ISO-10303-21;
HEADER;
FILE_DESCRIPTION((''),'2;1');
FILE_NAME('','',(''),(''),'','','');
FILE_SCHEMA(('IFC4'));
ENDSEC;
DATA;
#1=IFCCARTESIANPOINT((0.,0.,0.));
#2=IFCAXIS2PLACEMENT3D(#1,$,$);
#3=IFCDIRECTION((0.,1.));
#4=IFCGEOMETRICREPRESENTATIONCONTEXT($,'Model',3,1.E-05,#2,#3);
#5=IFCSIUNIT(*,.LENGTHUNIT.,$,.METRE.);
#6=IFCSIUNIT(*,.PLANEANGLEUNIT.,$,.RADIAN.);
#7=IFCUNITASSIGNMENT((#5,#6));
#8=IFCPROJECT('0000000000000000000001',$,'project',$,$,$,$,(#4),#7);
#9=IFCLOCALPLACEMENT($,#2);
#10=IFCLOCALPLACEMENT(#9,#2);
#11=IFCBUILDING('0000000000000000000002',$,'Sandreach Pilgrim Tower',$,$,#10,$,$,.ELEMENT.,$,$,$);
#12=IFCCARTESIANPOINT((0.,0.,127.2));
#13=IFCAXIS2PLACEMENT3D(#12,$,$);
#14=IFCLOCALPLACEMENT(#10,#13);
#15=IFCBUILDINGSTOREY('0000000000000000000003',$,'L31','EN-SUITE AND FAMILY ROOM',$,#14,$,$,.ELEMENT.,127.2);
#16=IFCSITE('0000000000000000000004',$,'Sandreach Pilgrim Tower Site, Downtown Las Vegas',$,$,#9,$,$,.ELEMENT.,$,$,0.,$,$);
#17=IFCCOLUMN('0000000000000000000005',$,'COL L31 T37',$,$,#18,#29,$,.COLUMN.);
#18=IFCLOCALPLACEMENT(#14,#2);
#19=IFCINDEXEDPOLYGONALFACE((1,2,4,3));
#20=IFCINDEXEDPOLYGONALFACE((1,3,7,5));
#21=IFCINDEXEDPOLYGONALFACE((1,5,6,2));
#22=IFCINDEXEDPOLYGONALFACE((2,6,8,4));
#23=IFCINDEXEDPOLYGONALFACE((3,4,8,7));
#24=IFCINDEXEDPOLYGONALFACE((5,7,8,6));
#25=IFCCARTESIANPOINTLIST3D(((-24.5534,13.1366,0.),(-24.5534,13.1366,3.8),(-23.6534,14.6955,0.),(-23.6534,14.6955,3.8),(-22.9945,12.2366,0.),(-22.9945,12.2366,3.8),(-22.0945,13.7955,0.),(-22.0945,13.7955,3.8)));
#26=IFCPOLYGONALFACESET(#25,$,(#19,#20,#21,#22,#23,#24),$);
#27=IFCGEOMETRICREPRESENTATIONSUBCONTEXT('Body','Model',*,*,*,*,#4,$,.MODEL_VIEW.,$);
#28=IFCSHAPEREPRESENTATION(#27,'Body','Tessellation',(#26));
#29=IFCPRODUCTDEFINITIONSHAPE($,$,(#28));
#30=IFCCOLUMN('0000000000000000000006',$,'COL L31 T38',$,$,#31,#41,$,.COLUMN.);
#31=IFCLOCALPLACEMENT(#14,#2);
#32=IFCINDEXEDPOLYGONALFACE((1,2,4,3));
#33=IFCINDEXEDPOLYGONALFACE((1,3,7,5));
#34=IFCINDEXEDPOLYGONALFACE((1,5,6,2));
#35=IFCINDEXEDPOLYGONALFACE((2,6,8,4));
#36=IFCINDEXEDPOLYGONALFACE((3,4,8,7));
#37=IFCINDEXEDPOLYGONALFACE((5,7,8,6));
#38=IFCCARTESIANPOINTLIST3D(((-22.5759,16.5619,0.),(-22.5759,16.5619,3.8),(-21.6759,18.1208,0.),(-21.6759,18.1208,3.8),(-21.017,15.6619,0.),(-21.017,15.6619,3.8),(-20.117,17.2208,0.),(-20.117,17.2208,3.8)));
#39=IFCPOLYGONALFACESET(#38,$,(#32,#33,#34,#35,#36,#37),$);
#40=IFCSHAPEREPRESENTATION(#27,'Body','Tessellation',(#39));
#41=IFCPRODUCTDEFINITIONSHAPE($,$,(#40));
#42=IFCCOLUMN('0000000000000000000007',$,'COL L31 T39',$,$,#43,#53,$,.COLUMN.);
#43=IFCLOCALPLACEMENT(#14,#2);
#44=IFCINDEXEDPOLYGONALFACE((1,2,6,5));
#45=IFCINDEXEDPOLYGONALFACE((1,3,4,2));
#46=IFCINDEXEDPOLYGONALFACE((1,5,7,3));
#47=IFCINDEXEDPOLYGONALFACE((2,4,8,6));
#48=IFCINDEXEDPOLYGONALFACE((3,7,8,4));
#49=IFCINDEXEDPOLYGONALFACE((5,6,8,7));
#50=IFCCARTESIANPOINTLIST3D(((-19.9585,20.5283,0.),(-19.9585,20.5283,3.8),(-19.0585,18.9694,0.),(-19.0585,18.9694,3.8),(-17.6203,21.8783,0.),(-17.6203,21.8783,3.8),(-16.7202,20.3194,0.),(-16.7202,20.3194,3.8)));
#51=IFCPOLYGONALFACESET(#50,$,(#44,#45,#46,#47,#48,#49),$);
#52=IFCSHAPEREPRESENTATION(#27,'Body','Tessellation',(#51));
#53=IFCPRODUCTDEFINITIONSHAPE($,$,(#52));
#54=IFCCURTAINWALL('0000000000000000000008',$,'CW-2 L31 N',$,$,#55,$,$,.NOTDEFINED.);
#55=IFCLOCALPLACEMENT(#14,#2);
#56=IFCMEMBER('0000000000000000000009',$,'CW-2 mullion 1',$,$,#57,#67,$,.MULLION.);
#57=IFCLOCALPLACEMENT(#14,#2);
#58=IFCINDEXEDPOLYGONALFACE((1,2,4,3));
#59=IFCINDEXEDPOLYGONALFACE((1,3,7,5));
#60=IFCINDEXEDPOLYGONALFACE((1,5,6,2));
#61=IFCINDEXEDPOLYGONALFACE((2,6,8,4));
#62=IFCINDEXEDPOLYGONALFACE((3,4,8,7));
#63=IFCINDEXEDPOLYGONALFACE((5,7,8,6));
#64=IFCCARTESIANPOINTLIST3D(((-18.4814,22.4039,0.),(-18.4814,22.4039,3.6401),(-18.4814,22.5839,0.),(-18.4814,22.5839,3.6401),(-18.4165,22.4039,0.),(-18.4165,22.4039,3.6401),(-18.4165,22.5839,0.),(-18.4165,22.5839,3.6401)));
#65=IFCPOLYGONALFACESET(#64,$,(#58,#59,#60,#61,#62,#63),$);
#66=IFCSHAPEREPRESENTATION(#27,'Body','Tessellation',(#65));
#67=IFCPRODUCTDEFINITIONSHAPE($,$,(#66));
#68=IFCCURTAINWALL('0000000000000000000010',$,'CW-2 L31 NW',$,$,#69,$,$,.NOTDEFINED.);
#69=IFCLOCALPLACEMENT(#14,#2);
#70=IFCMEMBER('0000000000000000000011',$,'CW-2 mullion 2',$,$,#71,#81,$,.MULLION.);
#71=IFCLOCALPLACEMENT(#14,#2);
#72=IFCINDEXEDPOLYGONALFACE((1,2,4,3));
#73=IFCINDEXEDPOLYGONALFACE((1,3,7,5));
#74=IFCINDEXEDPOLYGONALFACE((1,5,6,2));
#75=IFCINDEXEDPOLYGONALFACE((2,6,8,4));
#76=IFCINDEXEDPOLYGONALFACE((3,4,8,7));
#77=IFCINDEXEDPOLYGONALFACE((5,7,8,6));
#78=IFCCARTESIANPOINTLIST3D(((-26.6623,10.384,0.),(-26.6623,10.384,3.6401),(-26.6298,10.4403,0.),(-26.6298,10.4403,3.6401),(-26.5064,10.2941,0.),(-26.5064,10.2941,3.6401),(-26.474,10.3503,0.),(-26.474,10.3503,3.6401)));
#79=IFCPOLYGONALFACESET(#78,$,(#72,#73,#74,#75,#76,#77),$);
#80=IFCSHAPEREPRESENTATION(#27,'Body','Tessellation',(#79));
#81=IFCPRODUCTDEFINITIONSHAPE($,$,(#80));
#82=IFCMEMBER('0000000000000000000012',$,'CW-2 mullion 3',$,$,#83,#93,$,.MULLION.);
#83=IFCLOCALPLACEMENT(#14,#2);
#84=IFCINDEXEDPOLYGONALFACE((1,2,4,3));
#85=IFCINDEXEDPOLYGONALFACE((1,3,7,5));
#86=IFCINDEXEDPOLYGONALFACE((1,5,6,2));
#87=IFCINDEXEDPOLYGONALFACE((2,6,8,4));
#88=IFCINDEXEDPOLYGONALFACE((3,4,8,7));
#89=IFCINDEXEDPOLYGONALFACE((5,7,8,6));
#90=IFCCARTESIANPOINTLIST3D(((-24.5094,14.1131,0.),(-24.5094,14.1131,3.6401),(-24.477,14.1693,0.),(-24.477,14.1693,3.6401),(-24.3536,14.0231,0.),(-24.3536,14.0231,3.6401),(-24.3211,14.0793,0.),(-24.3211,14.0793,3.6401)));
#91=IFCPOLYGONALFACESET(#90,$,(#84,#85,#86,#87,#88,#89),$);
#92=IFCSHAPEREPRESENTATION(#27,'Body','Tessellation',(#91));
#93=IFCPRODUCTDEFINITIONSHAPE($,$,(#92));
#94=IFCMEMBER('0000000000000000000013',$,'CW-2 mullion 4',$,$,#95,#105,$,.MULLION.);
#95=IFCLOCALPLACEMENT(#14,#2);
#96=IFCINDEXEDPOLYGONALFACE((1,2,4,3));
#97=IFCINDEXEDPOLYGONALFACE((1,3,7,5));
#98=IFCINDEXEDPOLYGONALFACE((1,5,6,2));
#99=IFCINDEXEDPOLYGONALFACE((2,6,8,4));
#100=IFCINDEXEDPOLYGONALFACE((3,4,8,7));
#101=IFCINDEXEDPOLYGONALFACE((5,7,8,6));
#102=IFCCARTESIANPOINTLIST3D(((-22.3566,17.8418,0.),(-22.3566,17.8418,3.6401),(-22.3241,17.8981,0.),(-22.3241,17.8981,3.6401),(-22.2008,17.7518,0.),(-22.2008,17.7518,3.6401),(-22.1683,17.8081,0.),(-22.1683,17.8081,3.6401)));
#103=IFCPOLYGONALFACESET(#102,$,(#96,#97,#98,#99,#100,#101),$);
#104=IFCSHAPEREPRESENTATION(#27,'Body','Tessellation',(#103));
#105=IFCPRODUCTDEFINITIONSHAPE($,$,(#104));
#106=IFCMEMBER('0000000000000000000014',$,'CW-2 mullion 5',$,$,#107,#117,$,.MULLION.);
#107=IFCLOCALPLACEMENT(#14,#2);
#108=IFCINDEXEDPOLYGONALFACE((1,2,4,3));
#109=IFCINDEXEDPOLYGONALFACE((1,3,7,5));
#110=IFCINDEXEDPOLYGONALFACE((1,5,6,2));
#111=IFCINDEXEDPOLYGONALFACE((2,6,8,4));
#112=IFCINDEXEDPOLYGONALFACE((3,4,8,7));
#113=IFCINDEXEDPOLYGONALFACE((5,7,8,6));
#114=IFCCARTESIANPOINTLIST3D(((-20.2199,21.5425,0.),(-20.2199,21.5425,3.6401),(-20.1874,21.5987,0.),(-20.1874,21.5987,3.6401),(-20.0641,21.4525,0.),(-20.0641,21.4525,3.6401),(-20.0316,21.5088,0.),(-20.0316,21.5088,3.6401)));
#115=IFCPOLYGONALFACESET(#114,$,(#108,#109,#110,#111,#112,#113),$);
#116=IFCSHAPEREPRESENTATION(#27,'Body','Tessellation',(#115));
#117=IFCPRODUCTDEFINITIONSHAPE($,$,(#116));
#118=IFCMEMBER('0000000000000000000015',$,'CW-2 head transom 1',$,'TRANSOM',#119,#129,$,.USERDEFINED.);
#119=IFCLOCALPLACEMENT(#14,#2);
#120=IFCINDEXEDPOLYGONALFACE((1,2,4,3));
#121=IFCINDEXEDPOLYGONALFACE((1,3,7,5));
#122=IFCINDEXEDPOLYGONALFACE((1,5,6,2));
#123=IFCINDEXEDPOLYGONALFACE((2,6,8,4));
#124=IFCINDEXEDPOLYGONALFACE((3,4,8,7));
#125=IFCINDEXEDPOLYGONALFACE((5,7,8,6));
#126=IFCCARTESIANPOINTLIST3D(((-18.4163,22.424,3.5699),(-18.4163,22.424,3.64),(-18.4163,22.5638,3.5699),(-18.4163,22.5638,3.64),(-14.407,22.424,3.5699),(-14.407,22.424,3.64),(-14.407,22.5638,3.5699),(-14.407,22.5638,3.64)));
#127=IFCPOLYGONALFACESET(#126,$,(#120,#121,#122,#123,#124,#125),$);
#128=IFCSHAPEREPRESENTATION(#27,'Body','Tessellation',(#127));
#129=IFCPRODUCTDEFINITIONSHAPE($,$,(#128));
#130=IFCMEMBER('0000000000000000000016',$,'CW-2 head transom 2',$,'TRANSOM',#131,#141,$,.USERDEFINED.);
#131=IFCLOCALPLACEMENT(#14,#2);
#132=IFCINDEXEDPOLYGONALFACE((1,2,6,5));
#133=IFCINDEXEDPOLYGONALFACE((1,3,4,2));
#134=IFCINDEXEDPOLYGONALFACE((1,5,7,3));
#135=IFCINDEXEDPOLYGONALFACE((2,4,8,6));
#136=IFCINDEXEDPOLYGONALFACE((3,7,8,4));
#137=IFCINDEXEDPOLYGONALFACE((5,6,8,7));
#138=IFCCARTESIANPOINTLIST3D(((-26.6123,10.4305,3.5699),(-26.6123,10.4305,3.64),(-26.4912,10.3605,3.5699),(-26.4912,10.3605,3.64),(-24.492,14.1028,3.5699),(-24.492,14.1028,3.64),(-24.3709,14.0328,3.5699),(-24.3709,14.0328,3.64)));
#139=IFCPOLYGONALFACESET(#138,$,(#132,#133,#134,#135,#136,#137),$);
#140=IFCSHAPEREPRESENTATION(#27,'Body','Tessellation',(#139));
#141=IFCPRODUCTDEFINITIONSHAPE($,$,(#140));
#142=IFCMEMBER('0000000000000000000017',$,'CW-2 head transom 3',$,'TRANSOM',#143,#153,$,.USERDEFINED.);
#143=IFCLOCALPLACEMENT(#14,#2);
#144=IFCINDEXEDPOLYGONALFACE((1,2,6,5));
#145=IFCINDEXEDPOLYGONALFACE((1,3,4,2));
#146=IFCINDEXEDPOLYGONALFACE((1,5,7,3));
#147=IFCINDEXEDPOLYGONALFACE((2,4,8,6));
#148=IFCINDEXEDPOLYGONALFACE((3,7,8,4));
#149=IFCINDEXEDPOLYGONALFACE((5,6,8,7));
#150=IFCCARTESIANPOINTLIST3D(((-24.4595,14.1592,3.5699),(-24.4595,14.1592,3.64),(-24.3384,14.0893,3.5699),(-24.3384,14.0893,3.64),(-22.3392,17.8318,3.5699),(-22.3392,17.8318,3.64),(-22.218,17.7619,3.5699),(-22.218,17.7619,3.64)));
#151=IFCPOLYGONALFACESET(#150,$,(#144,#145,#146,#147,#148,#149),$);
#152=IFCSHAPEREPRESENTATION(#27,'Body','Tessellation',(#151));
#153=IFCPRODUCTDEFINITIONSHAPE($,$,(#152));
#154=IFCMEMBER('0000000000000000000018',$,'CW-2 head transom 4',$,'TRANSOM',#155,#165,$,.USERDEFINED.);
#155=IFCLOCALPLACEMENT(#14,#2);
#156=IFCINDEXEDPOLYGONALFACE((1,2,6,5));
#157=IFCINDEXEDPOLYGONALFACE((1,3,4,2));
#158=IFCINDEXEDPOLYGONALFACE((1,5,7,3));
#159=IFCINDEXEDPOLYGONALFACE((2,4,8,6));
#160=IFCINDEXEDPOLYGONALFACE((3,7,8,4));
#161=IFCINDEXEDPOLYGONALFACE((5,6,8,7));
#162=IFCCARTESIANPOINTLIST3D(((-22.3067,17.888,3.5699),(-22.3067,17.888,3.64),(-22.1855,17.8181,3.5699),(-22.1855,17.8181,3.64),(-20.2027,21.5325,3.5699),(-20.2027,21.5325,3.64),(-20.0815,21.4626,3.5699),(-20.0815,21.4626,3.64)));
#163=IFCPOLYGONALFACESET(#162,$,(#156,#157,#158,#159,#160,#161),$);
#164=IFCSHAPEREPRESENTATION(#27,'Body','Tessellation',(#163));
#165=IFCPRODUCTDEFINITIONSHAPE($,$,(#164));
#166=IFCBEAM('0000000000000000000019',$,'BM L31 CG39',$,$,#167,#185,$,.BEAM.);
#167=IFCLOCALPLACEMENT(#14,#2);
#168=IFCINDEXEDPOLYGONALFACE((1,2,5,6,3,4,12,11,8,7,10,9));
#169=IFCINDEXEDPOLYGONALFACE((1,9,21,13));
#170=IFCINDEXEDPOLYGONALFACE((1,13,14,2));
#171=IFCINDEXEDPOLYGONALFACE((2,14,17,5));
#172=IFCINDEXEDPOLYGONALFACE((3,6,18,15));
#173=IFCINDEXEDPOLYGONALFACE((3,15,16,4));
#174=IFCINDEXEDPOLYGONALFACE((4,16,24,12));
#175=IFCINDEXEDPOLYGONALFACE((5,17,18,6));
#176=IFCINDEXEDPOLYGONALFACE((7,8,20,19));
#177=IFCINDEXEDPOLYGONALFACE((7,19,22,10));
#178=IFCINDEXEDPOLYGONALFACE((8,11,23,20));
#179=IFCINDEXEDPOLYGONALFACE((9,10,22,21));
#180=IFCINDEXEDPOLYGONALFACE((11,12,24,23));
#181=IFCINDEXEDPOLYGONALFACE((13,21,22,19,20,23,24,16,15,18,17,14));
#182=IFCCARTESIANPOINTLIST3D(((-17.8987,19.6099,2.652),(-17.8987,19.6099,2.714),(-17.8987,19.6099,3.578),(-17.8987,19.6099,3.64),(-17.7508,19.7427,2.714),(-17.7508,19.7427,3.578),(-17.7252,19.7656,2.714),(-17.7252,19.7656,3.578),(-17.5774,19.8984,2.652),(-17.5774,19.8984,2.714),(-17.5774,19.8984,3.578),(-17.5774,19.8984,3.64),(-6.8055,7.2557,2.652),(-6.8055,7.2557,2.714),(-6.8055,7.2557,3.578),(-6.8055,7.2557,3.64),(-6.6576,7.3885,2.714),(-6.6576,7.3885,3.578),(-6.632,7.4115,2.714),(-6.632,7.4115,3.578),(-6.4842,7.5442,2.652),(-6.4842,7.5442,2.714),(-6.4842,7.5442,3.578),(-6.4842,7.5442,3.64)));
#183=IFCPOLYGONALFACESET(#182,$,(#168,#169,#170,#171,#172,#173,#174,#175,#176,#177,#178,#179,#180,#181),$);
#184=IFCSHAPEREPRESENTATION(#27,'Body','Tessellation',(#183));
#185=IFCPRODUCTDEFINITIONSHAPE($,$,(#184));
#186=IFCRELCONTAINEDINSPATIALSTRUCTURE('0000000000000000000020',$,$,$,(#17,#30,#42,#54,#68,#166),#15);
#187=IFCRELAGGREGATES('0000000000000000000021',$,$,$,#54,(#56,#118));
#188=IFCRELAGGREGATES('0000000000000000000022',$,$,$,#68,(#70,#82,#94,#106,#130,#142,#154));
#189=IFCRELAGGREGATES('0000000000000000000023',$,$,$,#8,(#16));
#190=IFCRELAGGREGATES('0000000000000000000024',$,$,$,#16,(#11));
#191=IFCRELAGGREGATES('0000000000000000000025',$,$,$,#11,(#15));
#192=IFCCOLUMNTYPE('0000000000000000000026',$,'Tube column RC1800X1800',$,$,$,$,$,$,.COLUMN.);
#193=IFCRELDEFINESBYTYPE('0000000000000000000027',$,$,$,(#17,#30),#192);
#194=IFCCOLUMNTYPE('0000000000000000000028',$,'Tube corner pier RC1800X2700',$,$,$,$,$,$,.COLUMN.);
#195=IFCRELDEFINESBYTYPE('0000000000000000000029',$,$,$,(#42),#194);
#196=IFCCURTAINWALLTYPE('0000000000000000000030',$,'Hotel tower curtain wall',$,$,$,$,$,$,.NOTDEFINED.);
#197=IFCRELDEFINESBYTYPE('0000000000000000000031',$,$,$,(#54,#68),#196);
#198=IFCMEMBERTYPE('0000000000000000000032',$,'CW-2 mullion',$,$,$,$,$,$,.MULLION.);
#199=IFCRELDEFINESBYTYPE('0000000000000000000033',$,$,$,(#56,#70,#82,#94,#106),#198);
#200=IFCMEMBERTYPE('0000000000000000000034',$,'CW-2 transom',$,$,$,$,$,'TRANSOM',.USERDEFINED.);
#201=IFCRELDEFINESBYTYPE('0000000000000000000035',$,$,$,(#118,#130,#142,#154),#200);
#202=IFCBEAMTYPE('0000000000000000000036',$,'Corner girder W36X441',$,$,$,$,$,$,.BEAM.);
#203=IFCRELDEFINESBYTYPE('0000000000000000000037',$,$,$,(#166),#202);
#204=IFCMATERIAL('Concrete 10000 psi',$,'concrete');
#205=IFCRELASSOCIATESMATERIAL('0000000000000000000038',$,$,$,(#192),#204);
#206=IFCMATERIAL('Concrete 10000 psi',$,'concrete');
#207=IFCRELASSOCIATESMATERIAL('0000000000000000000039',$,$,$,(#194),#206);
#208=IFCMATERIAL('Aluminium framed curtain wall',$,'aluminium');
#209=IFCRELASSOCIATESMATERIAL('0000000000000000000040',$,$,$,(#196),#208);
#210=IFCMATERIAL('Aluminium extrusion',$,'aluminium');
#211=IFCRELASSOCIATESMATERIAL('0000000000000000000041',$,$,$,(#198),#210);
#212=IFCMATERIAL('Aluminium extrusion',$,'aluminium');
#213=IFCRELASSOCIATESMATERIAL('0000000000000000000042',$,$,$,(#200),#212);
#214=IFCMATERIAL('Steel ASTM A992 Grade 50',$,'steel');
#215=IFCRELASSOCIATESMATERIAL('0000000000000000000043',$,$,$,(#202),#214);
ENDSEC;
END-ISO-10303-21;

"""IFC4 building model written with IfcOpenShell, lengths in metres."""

from ifc_helpers import new_model, si_unit, direction, frame, origin, origin_2d, place, context, subcontext, project, spatial, rectangle, i_section, extrude, material, material_profile, profile_set, type_object, element, aggregate, save


model = new_model("IFC4")

# Units and contexts
model_context = context("Model", 3, precision=1e-05, world=origin(), true_north=direction((0.0, 1.0)))
body_context = subcontext(model_context, "Body", "Model", "MODEL_VIEW")
ifc_project = project(units=[si_unit("LENGTHUNIT", "METRE"), si_unit("PLANEANGLEUNIT", "RADIAN")], contexts=[model_context])

# Site, building, storey
site_placement = place(None, origin())
site = spatial("IfcSite", under=ifc_project, at=site_placement, Name="Sandreach Pilgrim Tower Site, Downtown Las Vegas", CompositionType="ELEMENT", RefElevation=0.0)
building_placement = place(site_placement, origin())
building = spatial("IfcBuilding", under=site, at=building_placement, Name="Sandreach Pilgrim Tower", CompositionType="ELEMENT")
storey_placement = place(building_placement, frame((0.0, 0.0, 127.2)))
storey = spatial("IfcBuildingStorey", under=building, at=storey_placement, Name="L31", Description="EN-SUITE AND FAMILY ROOM", CompositionType="ELEMENT", Elevation=127.2)

# Columns
ifc_material_1 = material(Name="Concrete 10000 psi", Category="concrete")
ifc_material_profile_1 = material_profile(ifc_material_1, rectangle(XDim=1.8, YDim=1.8, at=origin_2d()), Name="RC1800X1800")
ifc_profile_set_1 = profile_set([ifc_material_profile_1], Name="Concrete 10000 psi")
column_type_1 = type_object("IfcColumnType", Name="Tube column RC1800X1800", PredefinedType="COLUMN", material=ifc_profile_set_1)
for number, where, z_axis, x_axis, name in (
    (1, (-23.324, 13.4661, 0.0), (0.0, 0.0, 1.0), (-0.866025, 0.5, 0.0), "COL L31 T37"),
    (2, (-21.3464, 16.8914, 0.0), (0.0, 0.0, 1.0), (-0.866025, 0.5, 0.0), "COL L31 T38"),
):
    element("IfcColumn", number, at=place(storey_placement, frame(where, z_axis=z_axis, x_axis=x_axis)), inside=storey, type_object=column_type_1, Name=name, PredefinedType="COLUMN", context=body_context, shape_type="SweptSolid", body=[
        extrude(rectangle(XDim=1.8, YDim=1.8, at=origin_2d()), origin(), (0.0, 0.0, 1.0), 3.8),
    ])
ifc_material_2 = material(Name="Concrete 10000 psi", Category="concrete")
ifc_material_profile_2 = material_profile(ifc_material_2, rectangle(XDim=1.8, YDim=2.7, at=origin_2d()), Name="RC1800X2700")
ifc_profile_set_2 = profile_set([ifc_material_profile_2], Name="Concrete 10000 psi")
column_type_2 = type_object("IfcColumnType", Name="Tube corner pier RC1800X2700", PredefinedType="COLUMN", material=ifc_profile_set_2)
column_placement = place(storey_placement, frame((-18.3394, 20.4238, 0.0), z_axis=(0.0, 0.0, 1.0), x_axis=(-0.5, 0.866025, 0.0)))
element("IfcColumn", 3, at=column_placement, inside=storey, type_object=column_type_2, Name="COL L31 T39", PredefinedType="COLUMN", context=body_context, shape_type="SweptSolid", body=[
    extrude(rectangle(XDim=1.8, YDim=2.7, at=origin_2d()), origin(), (0.0, 0.0, 1.0), 3.8),
])

# Curtain wall, member
ifc_material_3 = material(Name="Aluminium framed curtain wall", Category="aluminium")
curtain_wall_type = type_object("IfcCurtainWallType", Name="Hotel tower curtain wall", PredefinedType="NOTDEFINED", material=ifc_material_3)
curtain_wall_1_placement = place(storey_placement, origin())
curtain_wall_1 = element("IfcCurtainWall", 4, at=curtain_wall_1_placement, inside=storey, type_object=curtain_wall_type, Name="CW-2 L31 N", PredefinedType="NOTDEFINED")
ifc_material_4 = material(Name="Aluminium extrusion", Category="aluminium")
ifc_material_profile_3 = material_profile(ifc_material_4, rectangle(XDim=0.0649, YDim=0.1799, at=origin_2d()), Name="CW-2M 65X180")
ifc_profile_set_3 = profile_set([ifc_material_profile_3], Name="Aluminium extrusion")
member_type_1 = type_object("IfcMemberType", Name="CW-2 mullion", PredefinedType="MULLION", material=ifc_profile_set_3)
member_1_placement = place(storey_placement, frame((-18.449, 22.4939, 0.0), z_axis=(0.0, 0.0, 1.0), x_axis=(1.0, 0.0, 0.0)))
member_1 = element("IfcMember", 5, at=member_1_placement, type_object=member_type_1, Name="CW-2 mullion 1", PredefinedType="MULLION", context=body_context, shape_type="SweptSolid", body=[
    extrude(rectangle(XDim=0.0649, YDim=0.1799, at=origin_2d()), origin(), (0.0, 0.0, 1.0), 3.6401),
])

# Curtain wall, members
curtain_wall_2_placement = place(storey_placement, origin())
curtain_wall_2 = element("IfcCurtainWall", 6, at=curtain_wall_2_placement, inside=storey, type_object=curtain_wall_type, Name="CW-2 L31 NW", PredefinedType="NOTDEFINED")
member_2_placement = place(storey_placement, frame((-26.5681, 10.3672, 0.0), z_axis=(0.0, 0.0, 1.0), x_axis=(0.5, 0.866025, 0.0)))
member_2 = element("IfcMember", 7, at=member_2_placement, type_object=member_type_1, Name="CW-2 mullion 2", PredefinedType="MULLION", context=body_context, shape_type="SweptSolid", body=[
    extrude(rectangle(XDim=0.0649, YDim=0.1799, at=origin_2d()), origin(), (0.0, 0.0, 1.0), 3.6401),
])
member_3_placement = place(storey_placement, frame((-24.4153, 14.0962, 0.0), z_axis=(0.0, 0.0, 1.0), x_axis=(0.5, 0.866025, 0.0)))
member_3 = element("IfcMember", 8, at=member_3_placement, type_object=member_type_1, Name="CW-2 mullion 3", PredefinedType="MULLION", context=body_context, shape_type="SweptSolid", body=[
    extrude(rectangle(XDim=0.0649, YDim=0.1799, at=origin_2d()), origin(), (0.0, 0.0, 1.0), 3.6401),
])
member_4_placement = place(storey_placement, frame((-22.2625, 17.825, 0.0), z_axis=(0.0, 0.0, 1.0), x_axis=(0.5, 0.866025, 0.0)))
member_4 = element("IfcMember", 9, at=member_4_placement, type_object=member_type_1, Name="CW-2 mullion 4", PredefinedType="MULLION", context=body_context, shape_type="SweptSolid", body=[
    extrude(rectangle(XDim=0.0649, YDim=0.1799, at=origin_2d()), origin(), (0.0, 0.0, 1.0), 3.6401),
])
member_5_placement = place(storey_placement, frame((-20.1257, 21.5256, 0.0), z_axis=(0.0, 0.0, 1.0), x_axis=(0.5, 0.866025, 0.0)))
member_5 = element("IfcMember", 10, at=member_5_placement, type_object=member_type_1, Name="CW-2 mullion 5", PredefinedType="MULLION", context=body_context, shape_type="SweptSolid", body=[
    extrude(rectangle(XDim=0.0649, YDim=0.1799, at=origin_2d()), origin(), (0.0, 0.0, 1.0), 3.6401),
])

# Members
ifc_material_5 = material(Name="Aluminium extrusion", Category="aluminium")
ifc_material_profile_4 = material_profile(ifc_material_5, rectangle(XDim=0.1399, YDim=0.0701, at=origin_2d()), Name="CW-2T 140X70")
ifc_profile_set_4 = profile_set([ifc_material_profile_4], Name="Aluminium extrusion")
member_type_2 = type_object("IfcMemberType", Name="CW-2 transom", ElementType="TRANSOM", PredefinedType="USERDEFINED", material=ifc_profile_set_4)
member_6_placement = place(storey_placement, frame((-18.4163, 22.4939, 3.605), z_axis=(1.0, 0.0, 0.0), x_axis=(0.0, 1.0, 0.0)))
member_6 = element("IfcMember", 11, at=member_6_placement, type_object=member_type_2, Name="CW-2 head transom 1", ObjectType="TRANSOM", PredefinedType="USERDEFINED", context=body_context, shape_type="SweptSolid", body=[
    extrude(rectangle(XDim=0.1399, YDim=0.0701, at=origin_2d()), origin(), (0.0, 0.0, 1.0), 4.0093),
])
member_7_placement = place(storey_placement, frame((-26.5518, 10.3955, 3.605), z_axis=(0.500021, 0.866013, 0.0), x_axis=(-0.866013, 0.500021, 0.0)))
member_7 = element("IfcMember", 12, at=member_7_placement, type_object=member_type_2, Name="CW-2 head transom 2", ObjectType="TRANSOM", PredefinedType="USERDEFINED", context=body_context, shape_type="SweptSolid", body=[
    extrude(rectangle(XDim=0.1399, YDim=0.0701, at=origin_2d()), origin(), (0.0, 0.0, 1.0), 4.2405),
])
member_8_placement = place(storey_placement, frame((-24.3989, 14.1243, 3.605), z_axis=(0.499997, 0.866027, 0.0), x_axis=(-0.866027, 0.499997, 0.0)))
member_8 = element("IfcMember", 13, at=member_8_placement, type_object=member_type_2, Name="CW-2 head transom 3", ObjectType="TRANSOM", PredefinedType="USERDEFINED", context=body_context, shape_type="SweptSolid", body=[
    extrude(rectangle(XDim=0.1399, YDim=0.0701, at=origin_2d()), origin(), (0.0, 0.0, 1.0), 4.2407),
])
member_9_placement = place(storey_placement, frame((-22.2461, 17.853, 3.605), z_axis=(0.49997, 0.866043, 0.0), x_axis=(-0.866043, 0.49997, 0.0)))
member_9 = element("IfcMember", 14, at=member_9_placement, type_object=member_type_2, Name="CW-2 head transom 4", ObjectType="TRANSOM", PredefinedType="USERDEFINED", context=body_context, shape_type="SweptSolid", body=[
    extrude(rectangle(XDim=0.1399, YDim=0.0701, at=origin_2d()), origin(), (0.0, 0.0, 1.0), 4.2083),
])

# Beam
ifc_material_6 = material(Name="Steel ASTM A992 Grade 50", Category="steel")
ifc_material_profile_5 = material_profile(ifc_material_6, i_section(OverallWidth=0.4319, OverallDepth=0.988, WebThickness=0.0344, FlangeThickness=0.062, at=origin_2d()), Name="W36X441")
ifc_profile_set_5 = profile_set([ifc_material_profile_5], Name="Steel ASTM A992 Grade 50")
beam_type_1 = type_object("IfcBeamType", Name="Corner girder W36X441", PredefinedType="BEAM", material=ifc_profile_set_5)
beam_1_placement = place(storey_placement, frame((-17.738, 19.7542, 3.146), z_axis=(0.668114, -0.744059, 0.0), x_axis=(0.744059, 0.668114, 0.0)))
element("IfcBeam", 15, at=beam_1_placement, inside=storey, type_object=beam_type_1, Name="BM L31 CG39", PredefinedType="BEAM", context=body_context, shape_type="SweptSolid", body=[
    extrude(i_section(OverallWidth=0.4319, OverallDepth=0.988, WebThickness=0.0344, FlangeThickness=0.062, at=origin_2d()), origin(), (0.0, 0.0, 1.0), 16.6038),
])

aggregate(curtain_wall_1, [member_1, member_6])
aggregate(curtain_wall_2, [member_2, member_3, member_4, member_5, member_7, member_8, member_9])

save(model, "model.ifc")
